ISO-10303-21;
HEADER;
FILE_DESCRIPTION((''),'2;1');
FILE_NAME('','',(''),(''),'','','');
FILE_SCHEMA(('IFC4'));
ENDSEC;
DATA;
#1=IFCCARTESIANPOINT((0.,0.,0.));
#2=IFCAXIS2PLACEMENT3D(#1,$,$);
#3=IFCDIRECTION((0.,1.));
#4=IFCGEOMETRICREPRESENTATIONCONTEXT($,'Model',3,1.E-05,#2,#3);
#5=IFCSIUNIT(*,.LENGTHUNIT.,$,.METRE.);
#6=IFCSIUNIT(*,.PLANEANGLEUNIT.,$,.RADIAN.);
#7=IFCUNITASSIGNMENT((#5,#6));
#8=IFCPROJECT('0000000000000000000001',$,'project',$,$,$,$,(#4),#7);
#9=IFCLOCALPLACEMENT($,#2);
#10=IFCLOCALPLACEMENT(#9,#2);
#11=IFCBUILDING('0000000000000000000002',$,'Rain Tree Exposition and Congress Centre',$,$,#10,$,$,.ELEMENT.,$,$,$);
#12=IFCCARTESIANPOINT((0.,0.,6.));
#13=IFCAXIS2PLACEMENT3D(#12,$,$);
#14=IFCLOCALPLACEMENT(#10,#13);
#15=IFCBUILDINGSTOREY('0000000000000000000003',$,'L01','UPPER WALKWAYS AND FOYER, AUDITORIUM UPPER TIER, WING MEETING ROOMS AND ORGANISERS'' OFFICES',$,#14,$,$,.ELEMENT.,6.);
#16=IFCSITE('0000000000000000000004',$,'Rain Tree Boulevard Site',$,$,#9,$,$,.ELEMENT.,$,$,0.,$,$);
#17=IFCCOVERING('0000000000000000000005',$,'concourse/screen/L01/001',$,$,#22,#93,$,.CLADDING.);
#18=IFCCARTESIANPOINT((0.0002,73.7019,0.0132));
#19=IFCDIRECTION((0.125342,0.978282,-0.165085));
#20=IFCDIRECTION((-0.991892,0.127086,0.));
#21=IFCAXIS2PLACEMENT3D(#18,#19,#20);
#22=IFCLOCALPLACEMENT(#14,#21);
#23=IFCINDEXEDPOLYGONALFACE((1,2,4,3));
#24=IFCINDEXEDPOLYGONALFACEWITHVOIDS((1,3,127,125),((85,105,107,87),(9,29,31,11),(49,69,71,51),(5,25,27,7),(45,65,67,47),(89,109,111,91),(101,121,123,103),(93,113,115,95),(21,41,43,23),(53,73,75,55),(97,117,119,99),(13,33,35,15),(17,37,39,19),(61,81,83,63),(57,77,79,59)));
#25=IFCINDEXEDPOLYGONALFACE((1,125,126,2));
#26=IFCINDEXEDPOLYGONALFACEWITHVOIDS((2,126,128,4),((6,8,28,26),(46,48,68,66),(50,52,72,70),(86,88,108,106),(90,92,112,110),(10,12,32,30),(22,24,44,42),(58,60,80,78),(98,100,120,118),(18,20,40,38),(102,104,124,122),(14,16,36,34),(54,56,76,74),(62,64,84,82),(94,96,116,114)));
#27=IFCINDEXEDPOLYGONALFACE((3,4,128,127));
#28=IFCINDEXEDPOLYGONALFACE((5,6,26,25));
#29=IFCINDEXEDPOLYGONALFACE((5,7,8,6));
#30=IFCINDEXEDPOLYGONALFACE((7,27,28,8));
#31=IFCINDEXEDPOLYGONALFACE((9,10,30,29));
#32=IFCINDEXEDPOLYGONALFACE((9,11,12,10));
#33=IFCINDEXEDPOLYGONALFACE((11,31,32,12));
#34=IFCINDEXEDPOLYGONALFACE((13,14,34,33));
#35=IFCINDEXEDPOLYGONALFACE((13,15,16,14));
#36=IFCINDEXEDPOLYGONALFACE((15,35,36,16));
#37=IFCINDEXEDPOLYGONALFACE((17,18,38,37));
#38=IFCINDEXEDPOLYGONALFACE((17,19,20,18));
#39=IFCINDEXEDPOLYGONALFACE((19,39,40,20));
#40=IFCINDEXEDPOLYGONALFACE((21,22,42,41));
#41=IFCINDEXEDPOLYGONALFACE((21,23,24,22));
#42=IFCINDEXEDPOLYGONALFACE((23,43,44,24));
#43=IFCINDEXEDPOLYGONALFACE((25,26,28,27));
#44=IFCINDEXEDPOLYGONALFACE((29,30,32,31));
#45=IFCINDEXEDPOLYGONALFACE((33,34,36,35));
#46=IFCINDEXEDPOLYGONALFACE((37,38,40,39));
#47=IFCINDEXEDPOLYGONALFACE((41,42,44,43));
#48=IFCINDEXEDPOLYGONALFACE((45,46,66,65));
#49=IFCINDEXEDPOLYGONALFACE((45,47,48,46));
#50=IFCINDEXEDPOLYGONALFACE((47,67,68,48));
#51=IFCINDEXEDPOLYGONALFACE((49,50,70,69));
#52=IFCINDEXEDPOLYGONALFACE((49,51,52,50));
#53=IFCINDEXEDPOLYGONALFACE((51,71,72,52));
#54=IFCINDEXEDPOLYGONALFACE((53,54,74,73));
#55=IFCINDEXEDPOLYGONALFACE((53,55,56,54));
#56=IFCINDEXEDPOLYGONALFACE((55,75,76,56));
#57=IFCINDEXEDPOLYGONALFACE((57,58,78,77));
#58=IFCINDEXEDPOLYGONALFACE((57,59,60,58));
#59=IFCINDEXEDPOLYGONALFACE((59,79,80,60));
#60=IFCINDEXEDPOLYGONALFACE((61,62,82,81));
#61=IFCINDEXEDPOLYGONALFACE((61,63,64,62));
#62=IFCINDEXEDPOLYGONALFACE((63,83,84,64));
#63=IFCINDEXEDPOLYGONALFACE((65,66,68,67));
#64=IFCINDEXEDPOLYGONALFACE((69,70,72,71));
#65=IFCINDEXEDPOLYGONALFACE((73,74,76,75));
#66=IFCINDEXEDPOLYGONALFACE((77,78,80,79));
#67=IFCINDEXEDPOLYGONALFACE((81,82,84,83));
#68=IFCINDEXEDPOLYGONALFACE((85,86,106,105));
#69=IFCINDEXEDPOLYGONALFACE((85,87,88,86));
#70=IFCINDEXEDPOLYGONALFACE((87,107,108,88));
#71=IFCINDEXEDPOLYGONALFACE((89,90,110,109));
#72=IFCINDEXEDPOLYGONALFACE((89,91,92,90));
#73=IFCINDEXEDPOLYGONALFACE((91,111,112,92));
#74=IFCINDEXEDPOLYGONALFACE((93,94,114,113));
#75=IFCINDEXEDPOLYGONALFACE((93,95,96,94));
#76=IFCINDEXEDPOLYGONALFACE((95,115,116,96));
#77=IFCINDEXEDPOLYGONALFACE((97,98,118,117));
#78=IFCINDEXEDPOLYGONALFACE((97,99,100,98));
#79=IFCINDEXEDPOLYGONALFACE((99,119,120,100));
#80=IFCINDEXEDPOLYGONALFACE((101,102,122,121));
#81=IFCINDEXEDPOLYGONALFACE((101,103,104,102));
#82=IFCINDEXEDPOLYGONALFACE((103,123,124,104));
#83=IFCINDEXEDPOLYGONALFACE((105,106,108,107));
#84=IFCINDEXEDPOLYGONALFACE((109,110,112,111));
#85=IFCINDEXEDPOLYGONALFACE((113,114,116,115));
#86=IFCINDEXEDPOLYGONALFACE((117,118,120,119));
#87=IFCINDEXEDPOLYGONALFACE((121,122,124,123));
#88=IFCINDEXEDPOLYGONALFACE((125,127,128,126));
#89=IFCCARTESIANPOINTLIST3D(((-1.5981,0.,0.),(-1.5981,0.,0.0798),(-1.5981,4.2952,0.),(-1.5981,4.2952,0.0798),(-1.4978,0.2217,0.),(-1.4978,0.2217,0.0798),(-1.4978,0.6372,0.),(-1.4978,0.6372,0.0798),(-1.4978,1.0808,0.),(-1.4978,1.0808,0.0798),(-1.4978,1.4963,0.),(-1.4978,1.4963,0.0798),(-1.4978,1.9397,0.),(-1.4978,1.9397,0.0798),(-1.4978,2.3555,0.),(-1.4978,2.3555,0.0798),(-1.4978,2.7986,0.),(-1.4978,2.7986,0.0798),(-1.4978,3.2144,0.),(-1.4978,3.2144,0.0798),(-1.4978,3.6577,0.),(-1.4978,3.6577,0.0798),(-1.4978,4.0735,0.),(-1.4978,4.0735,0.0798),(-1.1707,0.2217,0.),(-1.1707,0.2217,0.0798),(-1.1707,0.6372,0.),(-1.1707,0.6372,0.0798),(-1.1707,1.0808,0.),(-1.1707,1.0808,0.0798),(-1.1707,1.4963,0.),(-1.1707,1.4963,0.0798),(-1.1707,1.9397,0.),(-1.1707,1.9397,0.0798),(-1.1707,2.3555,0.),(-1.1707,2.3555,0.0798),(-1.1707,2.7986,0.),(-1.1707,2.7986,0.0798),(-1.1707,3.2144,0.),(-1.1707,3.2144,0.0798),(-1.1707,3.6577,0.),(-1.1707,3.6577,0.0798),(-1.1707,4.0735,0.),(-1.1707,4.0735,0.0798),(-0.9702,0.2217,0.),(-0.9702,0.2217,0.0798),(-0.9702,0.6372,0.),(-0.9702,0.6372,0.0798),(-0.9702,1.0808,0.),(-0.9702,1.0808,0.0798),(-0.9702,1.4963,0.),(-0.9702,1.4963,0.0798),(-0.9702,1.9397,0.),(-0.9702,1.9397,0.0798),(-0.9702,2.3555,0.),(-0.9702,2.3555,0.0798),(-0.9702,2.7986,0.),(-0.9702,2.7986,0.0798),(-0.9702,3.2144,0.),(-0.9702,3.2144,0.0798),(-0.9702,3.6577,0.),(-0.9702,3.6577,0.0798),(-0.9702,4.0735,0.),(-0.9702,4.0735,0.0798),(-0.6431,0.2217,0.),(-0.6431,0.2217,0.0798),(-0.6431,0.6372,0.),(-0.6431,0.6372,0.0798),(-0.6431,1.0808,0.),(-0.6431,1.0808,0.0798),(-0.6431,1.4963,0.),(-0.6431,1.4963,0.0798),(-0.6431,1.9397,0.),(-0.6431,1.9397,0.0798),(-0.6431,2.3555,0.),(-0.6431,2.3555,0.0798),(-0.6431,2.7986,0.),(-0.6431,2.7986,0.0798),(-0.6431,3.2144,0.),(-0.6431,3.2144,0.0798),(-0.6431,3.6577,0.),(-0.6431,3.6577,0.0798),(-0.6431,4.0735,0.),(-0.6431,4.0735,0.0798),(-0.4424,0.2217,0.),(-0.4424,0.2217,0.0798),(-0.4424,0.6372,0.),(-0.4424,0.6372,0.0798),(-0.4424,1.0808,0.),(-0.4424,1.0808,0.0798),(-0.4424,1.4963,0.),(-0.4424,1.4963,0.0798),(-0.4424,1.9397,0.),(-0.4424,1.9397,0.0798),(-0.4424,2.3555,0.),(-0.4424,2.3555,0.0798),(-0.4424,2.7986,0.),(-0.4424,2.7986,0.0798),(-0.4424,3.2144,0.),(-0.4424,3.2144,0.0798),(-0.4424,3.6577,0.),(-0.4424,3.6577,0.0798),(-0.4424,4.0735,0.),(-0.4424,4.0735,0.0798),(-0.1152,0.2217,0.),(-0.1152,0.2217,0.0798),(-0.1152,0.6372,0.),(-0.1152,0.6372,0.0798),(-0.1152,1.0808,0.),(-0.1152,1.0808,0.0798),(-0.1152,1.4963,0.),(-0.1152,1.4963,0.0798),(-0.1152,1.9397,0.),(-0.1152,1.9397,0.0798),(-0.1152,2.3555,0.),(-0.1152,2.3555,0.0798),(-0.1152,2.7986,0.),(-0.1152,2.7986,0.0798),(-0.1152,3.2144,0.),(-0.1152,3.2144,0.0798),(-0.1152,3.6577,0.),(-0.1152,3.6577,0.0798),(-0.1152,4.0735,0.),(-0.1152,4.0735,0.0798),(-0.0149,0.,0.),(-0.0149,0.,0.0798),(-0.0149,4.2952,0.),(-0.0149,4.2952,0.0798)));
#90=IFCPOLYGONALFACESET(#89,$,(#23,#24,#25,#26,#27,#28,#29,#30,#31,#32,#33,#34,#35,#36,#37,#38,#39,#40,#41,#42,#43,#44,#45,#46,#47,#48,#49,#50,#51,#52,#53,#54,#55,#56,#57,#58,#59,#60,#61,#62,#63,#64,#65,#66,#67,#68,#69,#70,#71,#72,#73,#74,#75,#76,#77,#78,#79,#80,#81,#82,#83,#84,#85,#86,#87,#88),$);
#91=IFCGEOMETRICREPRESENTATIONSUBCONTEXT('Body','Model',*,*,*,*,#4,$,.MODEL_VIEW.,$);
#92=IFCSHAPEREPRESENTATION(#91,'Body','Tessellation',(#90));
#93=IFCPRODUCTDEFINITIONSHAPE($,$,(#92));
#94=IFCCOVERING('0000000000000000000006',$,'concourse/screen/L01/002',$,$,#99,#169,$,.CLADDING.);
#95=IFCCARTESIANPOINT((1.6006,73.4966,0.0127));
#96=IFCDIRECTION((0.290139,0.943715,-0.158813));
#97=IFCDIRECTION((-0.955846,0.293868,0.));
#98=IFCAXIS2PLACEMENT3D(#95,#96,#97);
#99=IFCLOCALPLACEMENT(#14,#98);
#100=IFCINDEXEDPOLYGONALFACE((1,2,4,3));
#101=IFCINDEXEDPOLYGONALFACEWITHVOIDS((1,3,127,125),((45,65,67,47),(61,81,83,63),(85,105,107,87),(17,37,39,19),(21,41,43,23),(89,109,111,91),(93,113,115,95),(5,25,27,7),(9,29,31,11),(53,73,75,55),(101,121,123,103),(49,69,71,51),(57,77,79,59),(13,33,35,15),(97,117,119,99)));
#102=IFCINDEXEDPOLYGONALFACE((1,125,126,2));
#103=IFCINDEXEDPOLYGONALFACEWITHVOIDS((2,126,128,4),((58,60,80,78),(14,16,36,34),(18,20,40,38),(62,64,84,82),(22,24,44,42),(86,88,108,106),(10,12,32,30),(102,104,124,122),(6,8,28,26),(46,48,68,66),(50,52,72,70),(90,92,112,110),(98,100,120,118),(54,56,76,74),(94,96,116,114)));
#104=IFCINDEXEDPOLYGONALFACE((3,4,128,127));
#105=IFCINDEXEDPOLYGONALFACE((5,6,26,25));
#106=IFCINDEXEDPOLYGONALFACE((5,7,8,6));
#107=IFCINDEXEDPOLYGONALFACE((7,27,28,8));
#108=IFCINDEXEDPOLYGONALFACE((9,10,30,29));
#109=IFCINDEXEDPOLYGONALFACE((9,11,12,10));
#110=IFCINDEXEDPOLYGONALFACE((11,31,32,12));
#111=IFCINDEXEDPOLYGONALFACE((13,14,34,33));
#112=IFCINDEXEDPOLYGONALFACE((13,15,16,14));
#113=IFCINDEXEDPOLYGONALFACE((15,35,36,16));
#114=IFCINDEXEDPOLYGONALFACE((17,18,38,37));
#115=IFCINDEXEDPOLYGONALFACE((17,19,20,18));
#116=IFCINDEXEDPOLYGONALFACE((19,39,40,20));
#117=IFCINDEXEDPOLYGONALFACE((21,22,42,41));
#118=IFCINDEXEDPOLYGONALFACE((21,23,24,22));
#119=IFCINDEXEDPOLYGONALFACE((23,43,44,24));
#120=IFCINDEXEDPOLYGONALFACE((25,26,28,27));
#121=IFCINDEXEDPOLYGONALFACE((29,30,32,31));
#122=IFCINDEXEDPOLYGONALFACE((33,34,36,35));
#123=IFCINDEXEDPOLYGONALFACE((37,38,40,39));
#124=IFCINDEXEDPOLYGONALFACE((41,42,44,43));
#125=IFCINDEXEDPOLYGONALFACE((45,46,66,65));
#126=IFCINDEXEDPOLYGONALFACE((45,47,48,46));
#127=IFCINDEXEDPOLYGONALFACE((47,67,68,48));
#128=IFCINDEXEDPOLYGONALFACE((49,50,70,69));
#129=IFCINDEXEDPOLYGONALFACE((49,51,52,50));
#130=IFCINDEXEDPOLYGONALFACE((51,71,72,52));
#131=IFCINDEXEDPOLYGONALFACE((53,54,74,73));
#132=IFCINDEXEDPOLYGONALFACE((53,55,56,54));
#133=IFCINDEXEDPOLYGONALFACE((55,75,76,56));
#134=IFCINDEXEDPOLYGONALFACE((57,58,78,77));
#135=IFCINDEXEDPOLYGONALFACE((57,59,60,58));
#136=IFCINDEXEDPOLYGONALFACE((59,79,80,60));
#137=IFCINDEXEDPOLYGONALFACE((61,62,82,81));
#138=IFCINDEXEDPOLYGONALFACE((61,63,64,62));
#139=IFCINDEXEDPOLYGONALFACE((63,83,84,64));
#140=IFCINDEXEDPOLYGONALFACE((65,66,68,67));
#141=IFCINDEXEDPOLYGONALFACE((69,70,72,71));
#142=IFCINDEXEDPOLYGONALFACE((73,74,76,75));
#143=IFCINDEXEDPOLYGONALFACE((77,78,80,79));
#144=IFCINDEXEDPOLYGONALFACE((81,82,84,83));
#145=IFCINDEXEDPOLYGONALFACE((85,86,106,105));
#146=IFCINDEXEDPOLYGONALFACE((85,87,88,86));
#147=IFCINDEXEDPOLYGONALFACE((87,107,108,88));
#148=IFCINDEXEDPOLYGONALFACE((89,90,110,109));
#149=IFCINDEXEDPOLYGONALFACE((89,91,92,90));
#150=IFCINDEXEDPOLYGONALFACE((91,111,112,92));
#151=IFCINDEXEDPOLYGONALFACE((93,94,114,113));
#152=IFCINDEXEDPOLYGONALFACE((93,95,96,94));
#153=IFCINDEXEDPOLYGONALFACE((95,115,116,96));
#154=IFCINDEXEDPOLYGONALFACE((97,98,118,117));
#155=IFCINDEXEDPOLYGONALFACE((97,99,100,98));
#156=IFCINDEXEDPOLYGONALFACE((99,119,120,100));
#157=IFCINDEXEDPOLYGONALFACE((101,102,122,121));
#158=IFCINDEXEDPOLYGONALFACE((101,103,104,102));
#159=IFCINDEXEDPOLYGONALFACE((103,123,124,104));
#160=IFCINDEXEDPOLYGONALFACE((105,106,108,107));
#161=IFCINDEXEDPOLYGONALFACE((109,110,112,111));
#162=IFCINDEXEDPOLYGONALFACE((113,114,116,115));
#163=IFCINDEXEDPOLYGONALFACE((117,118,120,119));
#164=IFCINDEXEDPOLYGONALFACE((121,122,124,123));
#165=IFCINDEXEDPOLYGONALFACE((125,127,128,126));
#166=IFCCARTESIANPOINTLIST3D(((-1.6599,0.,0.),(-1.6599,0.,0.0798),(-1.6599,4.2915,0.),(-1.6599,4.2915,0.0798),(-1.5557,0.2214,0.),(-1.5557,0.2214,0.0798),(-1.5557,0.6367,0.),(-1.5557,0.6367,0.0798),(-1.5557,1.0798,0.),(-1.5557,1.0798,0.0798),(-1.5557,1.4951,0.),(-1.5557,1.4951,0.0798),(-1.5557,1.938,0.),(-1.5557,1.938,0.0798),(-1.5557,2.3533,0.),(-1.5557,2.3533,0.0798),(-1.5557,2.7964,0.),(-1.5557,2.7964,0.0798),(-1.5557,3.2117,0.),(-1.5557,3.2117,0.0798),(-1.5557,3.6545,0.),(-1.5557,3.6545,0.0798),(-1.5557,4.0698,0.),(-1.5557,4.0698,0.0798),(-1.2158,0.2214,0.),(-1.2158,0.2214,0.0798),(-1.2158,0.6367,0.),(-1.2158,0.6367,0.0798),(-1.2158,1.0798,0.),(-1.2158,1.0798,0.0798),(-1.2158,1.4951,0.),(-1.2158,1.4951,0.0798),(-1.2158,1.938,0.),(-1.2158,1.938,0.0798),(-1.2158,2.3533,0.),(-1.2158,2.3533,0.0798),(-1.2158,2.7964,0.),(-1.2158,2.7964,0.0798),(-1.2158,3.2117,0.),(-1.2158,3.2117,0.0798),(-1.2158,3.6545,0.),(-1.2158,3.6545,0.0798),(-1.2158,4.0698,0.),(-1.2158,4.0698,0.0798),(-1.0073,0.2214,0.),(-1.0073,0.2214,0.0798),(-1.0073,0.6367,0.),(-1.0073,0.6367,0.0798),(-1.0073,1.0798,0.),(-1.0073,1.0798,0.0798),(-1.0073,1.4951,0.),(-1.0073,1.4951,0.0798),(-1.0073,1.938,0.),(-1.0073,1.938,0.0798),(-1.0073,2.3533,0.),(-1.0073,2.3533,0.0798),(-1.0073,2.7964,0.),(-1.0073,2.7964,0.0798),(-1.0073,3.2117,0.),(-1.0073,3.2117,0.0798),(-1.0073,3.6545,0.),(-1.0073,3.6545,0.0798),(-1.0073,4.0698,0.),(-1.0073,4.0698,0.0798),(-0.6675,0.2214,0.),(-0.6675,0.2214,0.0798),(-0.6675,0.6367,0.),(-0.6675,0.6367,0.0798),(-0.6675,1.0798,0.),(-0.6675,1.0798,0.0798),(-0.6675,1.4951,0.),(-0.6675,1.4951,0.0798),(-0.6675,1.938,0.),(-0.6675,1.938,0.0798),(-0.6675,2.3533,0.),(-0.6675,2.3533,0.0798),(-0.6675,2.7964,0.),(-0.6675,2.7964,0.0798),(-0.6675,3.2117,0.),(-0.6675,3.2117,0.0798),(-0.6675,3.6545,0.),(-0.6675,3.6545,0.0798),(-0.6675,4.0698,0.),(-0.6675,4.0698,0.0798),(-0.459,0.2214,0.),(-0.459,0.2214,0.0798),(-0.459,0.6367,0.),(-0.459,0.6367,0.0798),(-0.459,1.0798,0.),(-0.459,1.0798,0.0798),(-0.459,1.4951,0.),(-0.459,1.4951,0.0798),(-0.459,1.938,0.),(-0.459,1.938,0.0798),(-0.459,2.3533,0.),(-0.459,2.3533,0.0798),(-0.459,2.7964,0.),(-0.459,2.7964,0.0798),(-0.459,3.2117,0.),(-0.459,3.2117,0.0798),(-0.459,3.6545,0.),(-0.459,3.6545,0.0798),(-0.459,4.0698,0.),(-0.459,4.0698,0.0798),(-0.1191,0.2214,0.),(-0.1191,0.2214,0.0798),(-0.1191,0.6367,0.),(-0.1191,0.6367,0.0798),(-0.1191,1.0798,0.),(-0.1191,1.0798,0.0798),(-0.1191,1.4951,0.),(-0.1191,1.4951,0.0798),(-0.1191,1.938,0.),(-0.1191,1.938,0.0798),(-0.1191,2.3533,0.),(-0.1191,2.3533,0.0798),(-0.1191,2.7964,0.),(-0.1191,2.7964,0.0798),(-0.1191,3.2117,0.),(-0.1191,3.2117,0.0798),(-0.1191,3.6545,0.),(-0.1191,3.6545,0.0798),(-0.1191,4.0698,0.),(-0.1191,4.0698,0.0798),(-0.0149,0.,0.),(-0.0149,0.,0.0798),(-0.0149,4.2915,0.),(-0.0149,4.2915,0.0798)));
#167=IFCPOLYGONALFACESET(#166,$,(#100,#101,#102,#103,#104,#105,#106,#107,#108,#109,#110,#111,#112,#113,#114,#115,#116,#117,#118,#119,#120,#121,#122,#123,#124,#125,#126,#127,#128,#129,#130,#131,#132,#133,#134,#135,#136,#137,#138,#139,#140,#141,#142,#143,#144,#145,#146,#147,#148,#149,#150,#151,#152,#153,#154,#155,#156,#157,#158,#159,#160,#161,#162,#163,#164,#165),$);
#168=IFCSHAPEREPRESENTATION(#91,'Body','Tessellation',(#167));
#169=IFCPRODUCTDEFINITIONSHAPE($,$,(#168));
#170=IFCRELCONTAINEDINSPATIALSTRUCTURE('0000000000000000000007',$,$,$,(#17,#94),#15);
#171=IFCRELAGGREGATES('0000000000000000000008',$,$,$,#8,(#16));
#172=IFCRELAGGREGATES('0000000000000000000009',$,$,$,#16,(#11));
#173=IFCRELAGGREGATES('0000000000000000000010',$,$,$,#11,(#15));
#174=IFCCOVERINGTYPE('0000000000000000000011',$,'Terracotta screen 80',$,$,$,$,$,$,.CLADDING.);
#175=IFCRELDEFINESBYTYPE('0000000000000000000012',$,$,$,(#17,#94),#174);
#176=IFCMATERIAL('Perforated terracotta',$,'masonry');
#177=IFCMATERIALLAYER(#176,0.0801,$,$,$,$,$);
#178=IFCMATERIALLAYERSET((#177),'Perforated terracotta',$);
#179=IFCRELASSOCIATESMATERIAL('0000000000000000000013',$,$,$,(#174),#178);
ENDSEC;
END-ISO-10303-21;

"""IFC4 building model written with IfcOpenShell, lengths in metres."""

from ifc_helpers import new_model, si_unit, direction, frame, origin, place, context, subcontext, project, spatial, polyline, outline, extrude, material, layer, layer_set, type_object, element, save


model = new_model("IFC4")

# Units and contexts
model_context = context("Model", 3, precision=1e-05, world=origin(), true_north=direction((0.0, 1.0)))
body_context = subcontext(model_context, "Body", "Model", "MODEL_VIEW")
ifc_project = project(units=[si_unit("LENGTHUNIT", "METRE"), si_unit("PLANEANGLEUNIT", "RADIAN")], contexts=[model_context])

# Site, building, storey
site_placement = place(None, origin())
site = spatial("IfcSite", under=ifc_project, at=site_placement, Name="Rain Tree Boulevard Site", CompositionType="ELEMENT", RefElevation=0.0)
building_placement = place(site_placement, origin())
building = spatial("IfcBuilding", under=site, at=building_placement, Name="Rain Tree Exposition and Congress Centre", CompositionType="ELEMENT")
storey_placement = place(building_placement, frame((0.0, 0.0, 6.0)))
storey = spatial("IfcBuildingStorey", under=building, at=storey_placement, Name="L01", Description="UPPER WALKWAYS AND FOYER, AUDITORIUM UPPER TIER, WING MEETING ROOMS AND ORGANISERS' OFFICES", CompositionType="ELEMENT", Elevation=6.0)

# Coverings
ifc_material_1 = material(Name="Perforated terracotta", Category="masonry")
ifc_layer_1 = layer(ifc_material_1, 0.0801)
ifc_layer_set_1 = layer_set([ifc_layer_1], Name="Perforated terracotta")
covering_type = type_object("IfcCoveringType", Name="Terracotta screen 80", PredefinedType="CLADDING", material=ifc_layer_set_1)
covering_1_placement = place(storey_placement, frame((0.0002, 73.7019, 0.0132), z_axis=(0.125342, 0.978282, -0.165085), x_axis=(-0.991892, 0.127086, 0.0)))
element("IfcCovering", 1, at=covering_1_placement, inside=storey, type_object=covering_type, Name="concourse/screen/L01/001", PredefinedType="CLADDING", context=body_context, shape_type="SweptSolid", body=[
    extrude(outline(polyline([(-1.5981, 0.0), (-1.5981, 4.2952), (-0.0149, 4.2952), (-0.0149, 0.0), (-1.5981, 0.0)]), holes=[polyline([(-0.1152, 0.2217), (-0.1152, 0.6372), (-0.4424, 0.6372), (-0.4424, 0.2217), (-0.1152, 0.2217)]), polyline([(-0.1152, 1.0808), (-0.1152, 1.4963), (-0.4424, 1.4963), (-0.4424, 1.0808), (-0.1152, 1.0808)]), polyline([(-0.1152, 1.9397), (-0.1152, 2.3555), (-0.4424, 2.3555), (-0.4424, 1.9397), (-0.1152, 1.9397)]), polyline([(-0.1152, 2.7986), (-0.1152, 3.2144), (-0.4424, 3.2144), (-0.4424, 2.7986), (-0.1152, 2.7986)]), polyline([(-0.1152, 3.6577), (-0.1152, 4.0735), (-0.4424, 4.0735), (-0.4424, 3.6577), (-0.1152, 3.6577)]), polyline([(-0.6431, 0.2217), (-0.6431, 0.6372), (-0.9702, 0.6372), (-0.9702, 0.2217), (-0.6431, 0.2217)]), polyline([(-0.6431, 1.0808), (-0.6431, 1.4963), (-0.9702, 1.4963), (-0.9702, 1.0808), (-0.6431, 1.0808)]), polyline([(-0.6431, 1.9397), (-0.6431, 2.3555), (-0.9702, 2.3555), (-0.9702, 1.9397), (-0.6431, 1.9397)]), polyline([(-0.6431, 2.7986), (-0.6431, 3.2144), (-0.9702, 3.2144), (-0.9702, 2.7986), (-0.6431, 2.7986)]), polyline([(-0.6431, 3.6577), (-0.6431, 4.0735), (-0.9702, 4.0735), (-0.9702, 3.6577), (-0.6431, 3.6577)]), polyline([(-1.1707, 0.2217), (-1.1707, 0.6372), (-1.4978, 0.6372), (-1.4978, 0.2217), (-1.1707, 0.2217)]), polyline([(-1.1707, 1.0808), (-1.1707, 1.4963), (-1.4978, 1.4963), (-1.4978, 1.0808), (-1.1707, 1.0808)]), polyline([(-1.1707, 1.9397), (-1.1707, 2.3555), (-1.4978, 2.3555), (-1.4978, 1.9397), (-1.1707, 1.9397)]), polyline([(-1.1707, 2.7986), (-1.1707, 3.2144), (-1.4978, 3.2144), (-1.4978, 2.7986), (-1.1707, 2.7986)]), polyline([(-1.1707, 3.6577), (-1.1707, 4.0735), (-1.4978, 4.0735), (-1.4978, 3.6577), (-1.1707, 3.6577)])]), origin(), (0.0, 0.0, 1.0), 0.0798),
])
covering_2_placement = place(storey_placement, frame((1.6006, 73.4966, 0.0127), z_axis=(0.290139, 0.943715, -0.158813), x_axis=(-0.955846, 0.293868, 0.0)))
element("IfcCovering", 2, at=covering_2_placement, inside=storey, type_object=covering_type, Name="concourse/screen/L01/002", PredefinedType="CLADDING", context=body_context, shape_type="SweptSolid", body=[
    extrude(outline(polyline([(-1.6599, 0.0), (-1.6599, 4.2915), (-0.0149, 4.2915), (-0.0149, 0.0), (-1.6599, 0.0)]), holes=[polyline([(-0.1191, 0.2214), (-0.1191, 0.6367), (-0.459, 0.6367), (-0.459, 0.2214), (-0.1191, 0.2214)]), polyline([(-0.1191, 1.0798), (-0.1191, 1.4951), (-0.459, 1.4951), (-0.459, 1.0798), (-0.1191, 1.0798)]), polyline([(-0.1191, 1.938), (-0.1191, 2.3533), (-0.459, 2.3533), (-0.459, 1.938), (-0.1191, 1.938)]), polyline([(-0.1191, 2.7964), (-0.1191, 3.2117), (-0.459, 3.2117), (-0.459, 2.7964), (-0.1191, 2.7964)]), polyline([(-0.1191, 3.6545), (-0.1191, 4.0698), (-0.459, 4.0698), (-0.459, 3.6545), (-0.1191, 3.6545)]), polyline([(-0.6675, 0.2214), (-0.6675, 0.6367), (-1.0073, 0.6367), (-1.0073, 0.2214), (-0.6675, 0.2214)]), polyline([(-0.6675, 1.0798), (-0.6675, 1.4951), (-1.0073, 1.4951), (-1.0073, 1.0798), (-0.6675, 1.0798)]), polyline([(-0.6675, 1.938), (-0.6675, 2.3533), (-1.0073, 2.3533), (-1.0073, 1.938), (-0.6675, 1.938)]), polyline([(-0.6675, 2.7964), (-0.6675, 3.2117), (-1.0073, 3.2117), (-1.0073, 2.7964), (-0.6675, 2.7964)]), polyline([(-0.6675, 3.6545), (-0.6675, 4.0698), (-1.0073, 4.0698), (-1.0073, 3.6545), (-0.6675, 3.6545)]), polyline([(-1.2158, 0.2214), (-1.2158, 0.6367), (-1.5557, 0.6367), (-1.5557, 0.2214), (-1.2158, 0.2214)]), polyline([(-1.2158, 1.0798), (-1.2158, 1.4951), (-1.5557, 1.4951), (-1.5557, 1.0798), (-1.2158, 1.0798)]), polyline([(-1.2158, 1.938), (-1.2158, 2.3533), (-1.5557, 2.3533), (-1.5557, 1.938), (-1.2158, 1.938)]), polyline([(-1.2158, 2.7964), (-1.2158, 3.2117), (-1.5557, 3.2117), (-1.5557, 2.7964), (-1.2158, 2.7964)]), polyline([(-1.2158, 3.6545), (-1.2158, 4.0698), (-1.5557, 4.0698), (-1.5557, 3.6545), (-1.2158, 3.6545)])]), origin(), (0.0, 0.0, 1.0), 0.0798),
])

save(model, "model.ifc")
